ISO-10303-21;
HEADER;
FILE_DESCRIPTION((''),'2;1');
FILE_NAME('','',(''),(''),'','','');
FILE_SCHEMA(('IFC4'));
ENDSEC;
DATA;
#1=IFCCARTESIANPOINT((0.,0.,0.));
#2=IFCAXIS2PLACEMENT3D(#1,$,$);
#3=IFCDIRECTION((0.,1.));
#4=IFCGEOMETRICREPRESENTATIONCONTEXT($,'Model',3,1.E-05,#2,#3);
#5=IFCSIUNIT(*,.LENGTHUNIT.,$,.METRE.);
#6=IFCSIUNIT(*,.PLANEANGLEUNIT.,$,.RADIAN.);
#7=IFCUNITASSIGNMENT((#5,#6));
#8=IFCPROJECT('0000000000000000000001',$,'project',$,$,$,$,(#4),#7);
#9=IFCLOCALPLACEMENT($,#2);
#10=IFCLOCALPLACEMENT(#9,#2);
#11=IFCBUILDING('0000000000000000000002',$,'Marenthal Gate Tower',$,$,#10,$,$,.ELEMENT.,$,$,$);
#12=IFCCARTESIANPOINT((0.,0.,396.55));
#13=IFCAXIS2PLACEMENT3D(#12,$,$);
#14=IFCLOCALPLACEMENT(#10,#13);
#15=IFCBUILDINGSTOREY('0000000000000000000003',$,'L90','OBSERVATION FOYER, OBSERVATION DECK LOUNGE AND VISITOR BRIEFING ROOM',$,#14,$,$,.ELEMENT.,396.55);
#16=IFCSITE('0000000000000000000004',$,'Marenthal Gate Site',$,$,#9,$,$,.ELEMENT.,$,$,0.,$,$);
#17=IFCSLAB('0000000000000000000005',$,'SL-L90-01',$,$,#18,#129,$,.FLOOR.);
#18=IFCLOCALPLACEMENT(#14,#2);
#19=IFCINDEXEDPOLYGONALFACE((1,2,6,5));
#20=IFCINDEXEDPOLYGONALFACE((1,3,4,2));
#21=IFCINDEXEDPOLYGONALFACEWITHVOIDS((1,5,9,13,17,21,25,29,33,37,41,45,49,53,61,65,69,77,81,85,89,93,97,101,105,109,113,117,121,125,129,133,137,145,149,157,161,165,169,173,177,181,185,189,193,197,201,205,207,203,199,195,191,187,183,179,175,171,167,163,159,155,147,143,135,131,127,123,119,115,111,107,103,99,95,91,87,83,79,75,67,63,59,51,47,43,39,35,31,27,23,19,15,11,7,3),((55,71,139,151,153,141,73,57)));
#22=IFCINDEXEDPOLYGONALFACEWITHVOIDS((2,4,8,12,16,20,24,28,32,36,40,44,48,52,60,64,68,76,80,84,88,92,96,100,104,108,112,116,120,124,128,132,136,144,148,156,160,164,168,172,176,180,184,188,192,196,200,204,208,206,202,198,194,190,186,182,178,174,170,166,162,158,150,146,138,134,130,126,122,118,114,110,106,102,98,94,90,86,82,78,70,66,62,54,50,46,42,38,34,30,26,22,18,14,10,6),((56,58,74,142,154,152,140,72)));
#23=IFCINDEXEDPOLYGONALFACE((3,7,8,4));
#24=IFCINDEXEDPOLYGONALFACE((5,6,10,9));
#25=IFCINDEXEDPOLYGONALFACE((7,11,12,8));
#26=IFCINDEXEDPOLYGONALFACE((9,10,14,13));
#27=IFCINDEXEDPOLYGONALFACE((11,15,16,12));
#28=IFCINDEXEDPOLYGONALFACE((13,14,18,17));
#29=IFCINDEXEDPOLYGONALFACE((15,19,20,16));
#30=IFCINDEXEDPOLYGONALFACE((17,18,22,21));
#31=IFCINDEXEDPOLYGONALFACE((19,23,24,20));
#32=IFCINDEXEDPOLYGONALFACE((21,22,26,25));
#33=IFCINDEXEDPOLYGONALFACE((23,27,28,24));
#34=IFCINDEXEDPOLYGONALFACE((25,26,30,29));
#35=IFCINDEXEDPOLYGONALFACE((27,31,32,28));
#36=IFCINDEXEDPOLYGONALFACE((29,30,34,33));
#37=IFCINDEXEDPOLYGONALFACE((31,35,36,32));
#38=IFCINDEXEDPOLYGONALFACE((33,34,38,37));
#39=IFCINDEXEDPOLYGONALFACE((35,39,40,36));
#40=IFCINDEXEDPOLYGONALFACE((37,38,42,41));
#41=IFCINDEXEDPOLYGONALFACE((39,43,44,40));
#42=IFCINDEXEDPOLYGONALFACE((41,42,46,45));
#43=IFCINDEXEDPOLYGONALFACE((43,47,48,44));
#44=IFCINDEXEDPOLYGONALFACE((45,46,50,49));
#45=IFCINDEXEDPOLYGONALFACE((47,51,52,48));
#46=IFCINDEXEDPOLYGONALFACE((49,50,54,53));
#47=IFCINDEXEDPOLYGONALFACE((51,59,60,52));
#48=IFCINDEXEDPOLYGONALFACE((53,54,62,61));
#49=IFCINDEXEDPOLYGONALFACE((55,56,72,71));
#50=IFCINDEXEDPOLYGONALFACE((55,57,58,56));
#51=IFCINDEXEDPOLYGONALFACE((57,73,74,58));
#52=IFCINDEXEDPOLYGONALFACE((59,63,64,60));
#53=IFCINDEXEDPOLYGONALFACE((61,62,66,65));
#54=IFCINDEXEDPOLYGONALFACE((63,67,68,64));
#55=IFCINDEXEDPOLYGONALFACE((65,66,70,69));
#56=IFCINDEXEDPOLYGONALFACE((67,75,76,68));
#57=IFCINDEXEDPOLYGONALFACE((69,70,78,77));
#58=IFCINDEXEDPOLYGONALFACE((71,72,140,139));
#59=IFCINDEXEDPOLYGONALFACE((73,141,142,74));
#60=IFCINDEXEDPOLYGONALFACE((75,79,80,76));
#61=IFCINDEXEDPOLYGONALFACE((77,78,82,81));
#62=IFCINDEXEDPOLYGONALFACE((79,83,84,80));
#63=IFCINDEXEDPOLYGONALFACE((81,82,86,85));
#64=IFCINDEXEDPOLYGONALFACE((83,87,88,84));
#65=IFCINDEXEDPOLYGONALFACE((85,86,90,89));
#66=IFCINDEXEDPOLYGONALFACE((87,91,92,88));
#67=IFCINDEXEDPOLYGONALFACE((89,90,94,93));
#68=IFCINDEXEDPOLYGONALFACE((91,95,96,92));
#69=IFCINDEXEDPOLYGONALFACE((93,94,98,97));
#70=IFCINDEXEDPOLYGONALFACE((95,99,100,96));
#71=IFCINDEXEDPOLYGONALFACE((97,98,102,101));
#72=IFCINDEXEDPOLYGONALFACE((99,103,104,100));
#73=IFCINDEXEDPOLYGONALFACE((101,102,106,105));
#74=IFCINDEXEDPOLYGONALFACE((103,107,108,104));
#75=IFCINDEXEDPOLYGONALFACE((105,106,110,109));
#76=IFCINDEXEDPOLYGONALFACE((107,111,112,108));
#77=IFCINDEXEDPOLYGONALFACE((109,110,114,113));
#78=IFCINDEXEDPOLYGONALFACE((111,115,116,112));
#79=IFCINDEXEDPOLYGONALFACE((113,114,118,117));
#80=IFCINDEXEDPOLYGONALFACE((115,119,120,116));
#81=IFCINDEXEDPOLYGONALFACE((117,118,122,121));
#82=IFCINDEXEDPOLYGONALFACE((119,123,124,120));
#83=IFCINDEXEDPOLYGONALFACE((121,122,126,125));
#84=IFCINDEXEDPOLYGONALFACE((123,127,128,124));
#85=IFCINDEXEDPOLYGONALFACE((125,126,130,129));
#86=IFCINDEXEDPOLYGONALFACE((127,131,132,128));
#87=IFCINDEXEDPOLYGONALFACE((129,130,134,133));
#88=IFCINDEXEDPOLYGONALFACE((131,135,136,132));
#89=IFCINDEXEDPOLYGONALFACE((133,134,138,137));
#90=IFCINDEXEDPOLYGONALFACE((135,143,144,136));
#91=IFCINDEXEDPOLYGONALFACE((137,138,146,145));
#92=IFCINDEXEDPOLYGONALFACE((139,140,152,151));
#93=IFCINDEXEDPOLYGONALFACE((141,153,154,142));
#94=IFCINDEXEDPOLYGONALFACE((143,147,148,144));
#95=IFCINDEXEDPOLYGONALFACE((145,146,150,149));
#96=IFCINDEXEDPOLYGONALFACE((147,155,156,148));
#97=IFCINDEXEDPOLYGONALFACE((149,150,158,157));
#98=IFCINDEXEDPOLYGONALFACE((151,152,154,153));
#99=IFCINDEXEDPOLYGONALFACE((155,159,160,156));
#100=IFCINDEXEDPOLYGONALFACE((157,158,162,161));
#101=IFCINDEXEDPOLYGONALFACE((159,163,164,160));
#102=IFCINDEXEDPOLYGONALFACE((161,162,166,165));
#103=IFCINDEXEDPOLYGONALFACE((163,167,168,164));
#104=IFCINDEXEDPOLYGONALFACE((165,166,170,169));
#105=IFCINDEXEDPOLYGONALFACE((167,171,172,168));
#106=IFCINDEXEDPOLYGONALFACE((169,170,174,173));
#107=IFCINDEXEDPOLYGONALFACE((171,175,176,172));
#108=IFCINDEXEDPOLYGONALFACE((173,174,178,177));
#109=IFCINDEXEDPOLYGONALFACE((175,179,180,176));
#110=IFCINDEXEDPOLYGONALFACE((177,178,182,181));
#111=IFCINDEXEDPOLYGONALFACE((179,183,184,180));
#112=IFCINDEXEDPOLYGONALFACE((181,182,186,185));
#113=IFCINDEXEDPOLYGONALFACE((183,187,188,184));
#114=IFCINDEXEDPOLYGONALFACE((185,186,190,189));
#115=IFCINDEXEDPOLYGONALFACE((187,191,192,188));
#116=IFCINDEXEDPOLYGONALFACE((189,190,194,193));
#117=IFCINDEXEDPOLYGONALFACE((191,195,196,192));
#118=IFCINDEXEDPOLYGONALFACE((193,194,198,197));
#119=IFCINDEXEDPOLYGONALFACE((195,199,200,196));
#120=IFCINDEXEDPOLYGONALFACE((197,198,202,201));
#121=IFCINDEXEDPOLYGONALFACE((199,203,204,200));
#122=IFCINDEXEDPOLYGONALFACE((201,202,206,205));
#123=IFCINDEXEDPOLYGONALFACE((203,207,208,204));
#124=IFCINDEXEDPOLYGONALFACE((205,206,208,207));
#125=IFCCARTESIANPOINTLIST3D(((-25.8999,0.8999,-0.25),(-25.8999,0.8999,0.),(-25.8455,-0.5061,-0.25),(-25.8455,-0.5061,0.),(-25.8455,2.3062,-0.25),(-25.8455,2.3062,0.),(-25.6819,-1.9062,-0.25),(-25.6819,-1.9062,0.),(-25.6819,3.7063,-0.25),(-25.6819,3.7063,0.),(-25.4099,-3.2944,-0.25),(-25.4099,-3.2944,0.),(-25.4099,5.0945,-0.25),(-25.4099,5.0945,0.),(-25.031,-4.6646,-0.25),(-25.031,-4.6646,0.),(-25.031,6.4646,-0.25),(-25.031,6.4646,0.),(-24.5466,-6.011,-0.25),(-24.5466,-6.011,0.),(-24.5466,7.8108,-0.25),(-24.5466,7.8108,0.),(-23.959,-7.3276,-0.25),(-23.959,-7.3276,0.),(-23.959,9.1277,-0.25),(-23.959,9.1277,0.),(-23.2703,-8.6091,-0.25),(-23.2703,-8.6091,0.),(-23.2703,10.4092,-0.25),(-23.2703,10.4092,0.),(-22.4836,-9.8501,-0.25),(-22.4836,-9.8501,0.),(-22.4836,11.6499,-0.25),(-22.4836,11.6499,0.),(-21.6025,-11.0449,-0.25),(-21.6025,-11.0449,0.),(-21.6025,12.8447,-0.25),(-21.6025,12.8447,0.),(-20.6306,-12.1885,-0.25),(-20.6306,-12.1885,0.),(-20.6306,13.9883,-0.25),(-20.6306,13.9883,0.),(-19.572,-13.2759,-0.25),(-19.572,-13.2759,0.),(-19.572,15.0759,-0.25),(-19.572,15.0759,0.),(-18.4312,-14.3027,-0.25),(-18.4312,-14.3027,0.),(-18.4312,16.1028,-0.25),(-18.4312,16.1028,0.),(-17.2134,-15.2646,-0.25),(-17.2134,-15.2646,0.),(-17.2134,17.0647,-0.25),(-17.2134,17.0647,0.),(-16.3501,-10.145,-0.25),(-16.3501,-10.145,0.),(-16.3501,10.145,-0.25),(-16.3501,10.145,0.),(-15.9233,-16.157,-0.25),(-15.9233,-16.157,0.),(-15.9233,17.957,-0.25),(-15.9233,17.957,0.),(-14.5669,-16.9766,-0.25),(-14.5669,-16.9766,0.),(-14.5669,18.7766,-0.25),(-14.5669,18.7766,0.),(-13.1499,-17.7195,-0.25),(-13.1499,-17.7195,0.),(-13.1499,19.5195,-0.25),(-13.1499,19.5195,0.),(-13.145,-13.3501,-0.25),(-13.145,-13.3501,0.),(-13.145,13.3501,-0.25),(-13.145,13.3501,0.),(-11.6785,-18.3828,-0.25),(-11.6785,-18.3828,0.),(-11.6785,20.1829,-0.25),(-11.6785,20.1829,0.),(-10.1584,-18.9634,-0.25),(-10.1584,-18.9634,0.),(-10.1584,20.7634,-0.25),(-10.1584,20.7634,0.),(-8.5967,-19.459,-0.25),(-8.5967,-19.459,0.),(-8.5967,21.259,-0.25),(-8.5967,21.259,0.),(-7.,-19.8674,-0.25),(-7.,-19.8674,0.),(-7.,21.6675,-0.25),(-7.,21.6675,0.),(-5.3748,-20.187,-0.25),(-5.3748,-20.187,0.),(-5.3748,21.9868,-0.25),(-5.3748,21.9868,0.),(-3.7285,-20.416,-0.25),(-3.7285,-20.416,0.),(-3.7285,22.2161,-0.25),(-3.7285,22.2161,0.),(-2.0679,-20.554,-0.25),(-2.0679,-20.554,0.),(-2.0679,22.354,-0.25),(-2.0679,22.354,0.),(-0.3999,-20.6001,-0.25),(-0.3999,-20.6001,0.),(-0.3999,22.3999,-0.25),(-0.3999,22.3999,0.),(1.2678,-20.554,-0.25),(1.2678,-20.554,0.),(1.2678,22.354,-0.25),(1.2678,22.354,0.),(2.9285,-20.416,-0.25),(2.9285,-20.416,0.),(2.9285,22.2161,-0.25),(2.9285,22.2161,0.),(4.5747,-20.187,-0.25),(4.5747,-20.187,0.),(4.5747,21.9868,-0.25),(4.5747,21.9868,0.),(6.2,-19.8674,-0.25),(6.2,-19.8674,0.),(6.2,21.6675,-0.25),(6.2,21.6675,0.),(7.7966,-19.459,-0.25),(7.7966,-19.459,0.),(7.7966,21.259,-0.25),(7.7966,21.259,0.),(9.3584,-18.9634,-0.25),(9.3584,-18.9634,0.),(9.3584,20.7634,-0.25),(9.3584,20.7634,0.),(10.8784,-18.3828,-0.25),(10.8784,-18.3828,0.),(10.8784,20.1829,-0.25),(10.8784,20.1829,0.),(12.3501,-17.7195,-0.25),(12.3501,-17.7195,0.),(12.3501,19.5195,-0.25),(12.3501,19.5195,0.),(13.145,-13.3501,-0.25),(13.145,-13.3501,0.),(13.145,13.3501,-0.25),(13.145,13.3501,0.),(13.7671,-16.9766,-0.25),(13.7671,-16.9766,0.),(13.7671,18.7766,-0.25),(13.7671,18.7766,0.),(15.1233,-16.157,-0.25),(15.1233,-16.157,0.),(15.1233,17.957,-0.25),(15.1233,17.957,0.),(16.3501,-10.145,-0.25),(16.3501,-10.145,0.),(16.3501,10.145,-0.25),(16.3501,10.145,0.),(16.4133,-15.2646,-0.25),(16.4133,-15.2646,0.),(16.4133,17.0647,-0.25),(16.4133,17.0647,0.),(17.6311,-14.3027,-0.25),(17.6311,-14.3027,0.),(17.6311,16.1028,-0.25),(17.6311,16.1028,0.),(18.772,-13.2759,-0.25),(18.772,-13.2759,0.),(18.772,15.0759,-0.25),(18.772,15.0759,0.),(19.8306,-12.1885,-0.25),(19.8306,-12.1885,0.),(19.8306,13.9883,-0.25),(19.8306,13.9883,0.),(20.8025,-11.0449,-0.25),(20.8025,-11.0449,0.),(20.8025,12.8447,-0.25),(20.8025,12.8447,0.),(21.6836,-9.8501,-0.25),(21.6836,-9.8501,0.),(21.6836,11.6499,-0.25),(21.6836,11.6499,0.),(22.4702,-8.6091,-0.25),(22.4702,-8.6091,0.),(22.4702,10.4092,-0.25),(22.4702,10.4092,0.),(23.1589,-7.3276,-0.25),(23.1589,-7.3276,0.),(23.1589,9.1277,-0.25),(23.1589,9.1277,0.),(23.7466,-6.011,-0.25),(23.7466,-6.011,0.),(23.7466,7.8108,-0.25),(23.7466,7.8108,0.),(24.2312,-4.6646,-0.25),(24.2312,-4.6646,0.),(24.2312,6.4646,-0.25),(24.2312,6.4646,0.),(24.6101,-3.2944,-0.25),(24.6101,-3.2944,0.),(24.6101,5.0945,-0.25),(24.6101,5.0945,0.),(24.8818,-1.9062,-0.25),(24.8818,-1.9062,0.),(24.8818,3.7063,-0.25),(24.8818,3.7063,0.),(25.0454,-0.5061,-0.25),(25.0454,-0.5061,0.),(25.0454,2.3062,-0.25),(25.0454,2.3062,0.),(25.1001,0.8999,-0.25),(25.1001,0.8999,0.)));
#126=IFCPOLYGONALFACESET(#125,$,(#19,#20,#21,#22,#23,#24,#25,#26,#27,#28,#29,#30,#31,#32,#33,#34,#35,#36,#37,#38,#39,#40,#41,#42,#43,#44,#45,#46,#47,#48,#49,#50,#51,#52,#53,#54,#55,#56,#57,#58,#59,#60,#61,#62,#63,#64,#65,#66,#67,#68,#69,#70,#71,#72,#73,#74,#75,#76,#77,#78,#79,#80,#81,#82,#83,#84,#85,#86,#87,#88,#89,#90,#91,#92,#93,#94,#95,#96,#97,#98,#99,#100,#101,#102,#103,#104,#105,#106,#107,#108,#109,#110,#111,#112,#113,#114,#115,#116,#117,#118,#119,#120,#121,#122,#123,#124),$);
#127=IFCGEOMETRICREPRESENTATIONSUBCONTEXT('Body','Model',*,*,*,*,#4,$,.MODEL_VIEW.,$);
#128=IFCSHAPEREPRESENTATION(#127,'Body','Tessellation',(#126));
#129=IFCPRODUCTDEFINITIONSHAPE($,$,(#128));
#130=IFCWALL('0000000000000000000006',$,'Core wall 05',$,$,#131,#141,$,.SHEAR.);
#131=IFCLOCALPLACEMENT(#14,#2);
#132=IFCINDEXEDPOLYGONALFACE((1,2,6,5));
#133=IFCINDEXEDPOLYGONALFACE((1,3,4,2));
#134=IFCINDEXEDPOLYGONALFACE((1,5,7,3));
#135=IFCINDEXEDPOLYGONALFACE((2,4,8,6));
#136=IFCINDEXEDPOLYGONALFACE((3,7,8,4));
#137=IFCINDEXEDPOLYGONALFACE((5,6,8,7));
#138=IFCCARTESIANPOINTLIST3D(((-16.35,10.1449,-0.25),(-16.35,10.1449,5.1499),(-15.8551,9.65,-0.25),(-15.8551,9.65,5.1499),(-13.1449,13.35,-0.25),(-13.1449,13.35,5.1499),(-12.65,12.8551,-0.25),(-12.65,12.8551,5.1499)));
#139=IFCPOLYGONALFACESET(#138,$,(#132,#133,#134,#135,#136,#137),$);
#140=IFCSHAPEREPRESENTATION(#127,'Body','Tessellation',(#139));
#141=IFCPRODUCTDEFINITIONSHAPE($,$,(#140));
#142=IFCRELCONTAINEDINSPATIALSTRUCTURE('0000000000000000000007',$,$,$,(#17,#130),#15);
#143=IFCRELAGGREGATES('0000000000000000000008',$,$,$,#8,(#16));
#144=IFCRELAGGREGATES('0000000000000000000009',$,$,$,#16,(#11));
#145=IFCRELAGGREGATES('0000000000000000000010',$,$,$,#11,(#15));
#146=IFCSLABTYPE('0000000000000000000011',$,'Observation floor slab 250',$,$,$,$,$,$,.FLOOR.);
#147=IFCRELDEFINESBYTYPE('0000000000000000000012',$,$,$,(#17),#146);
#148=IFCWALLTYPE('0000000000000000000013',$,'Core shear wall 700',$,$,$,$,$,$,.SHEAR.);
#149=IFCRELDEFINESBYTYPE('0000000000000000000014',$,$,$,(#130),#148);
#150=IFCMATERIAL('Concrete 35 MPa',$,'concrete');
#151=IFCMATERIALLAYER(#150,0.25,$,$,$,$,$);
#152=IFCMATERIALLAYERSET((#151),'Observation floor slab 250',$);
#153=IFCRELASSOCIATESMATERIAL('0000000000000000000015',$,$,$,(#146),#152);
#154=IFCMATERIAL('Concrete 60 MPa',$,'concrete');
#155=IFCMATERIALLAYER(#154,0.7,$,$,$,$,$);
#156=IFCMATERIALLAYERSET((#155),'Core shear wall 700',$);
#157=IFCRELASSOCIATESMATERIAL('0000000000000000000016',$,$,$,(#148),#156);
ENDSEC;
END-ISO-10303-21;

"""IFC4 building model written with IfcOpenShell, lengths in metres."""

from ifc_helpers import new_model, si_unit, direction, frame, frame_2d, origin, place, context, subcontext, project, spatial, polyline, rectangle, outline, extrude, material, layer, layer_set, type_object, element, save


model = new_model("IFC4")

# Units and contexts
model_context = context("Model", 3, precision=1e-05, world=origin(), true_north=direction((0.0, 1.0)))
body_context = subcontext(model_context, "Body", "Model", "MODEL_VIEW")
ifc_project = project(units=[si_unit("LENGTHUNIT", "METRE"), si_unit("PLANEANGLEUNIT", "RADIAN")], contexts=[model_context])

# Site, building, storey
site_placement = place(None, origin())
site = spatial("IfcSite", under=ifc_project, at=site_placement, Name="Marenthal Gate Site", CompositionType="ELEMENT", RefElevation=0.0)
building_placement = place(site_placement, origin())
building = spatial("IfcBuilding", under=site, at=building_placement, Name="Marenthal Gate Tower", CompositionType="ELEMENT")
storey_placement = place(building_placement, frame((0.0, 0.0, 396.55)))
storey = spatial("IfcBuildingStorey", under=building, at=storey_placement, Name="L90", Description="OBSERVATION FOYER, OBSERVATION DECK LOUNGE AND VISITOR BRIEFING ROOM", CompositionType="ELEMENT", Elevation=396.55)

# Slab
ifc_material_1 = material(Name="Concrete 35 MPa", Category="concrete")
ifc_layer_1 = layer(ifc_material_1, 0.25)
ifc_layer_set_1 = layer_set([ifc_layer_1], Name="Observation floor slab 250")
slab_type = type_object("IfcSlabType", Name="Observation floor slab 250", PredefinedType="FLOOR", material=ifc_layer_set_1)
slab_placement = place(storey_placement, frame((0.0, 0.0, -0.25)))
element("IfcSlab", 1, at=slab_placement, inside=storey, type_object=slab_type, Name="SL-L90-01", PredefinedType="FLOOR", context=body_context, shape_type="SweptSolid", body=[
    extrude(outline(polyline([(25.1001, 0.8999), (25.0454, 2.3062), (24.8818, 3.7063), (24.6101, 5.0945), (24.2312, 6.4646), (23.7466, 7.8108), (23.1589, 9.1277), (22.4702, 10.4092), (21.6836, 11.6499), (20.8025, 12.8447), (19.8306, 13.9883), (18.772, 15.0759), (17.6311, 16.1028), (16.4133, 17.0647), (15.1233, 17.957), (13.7671, 18.7766), (12.3501, 19.5195), (10.8784, 20.1829), (9.3584, 20.7634), (7.7966, 21.259), (6.2, 21.6675), (4.5747, 21.9868), (2.9285, 22.2161), (1.2678, 22.354), (-0.3999, 22.3999), (-2.0679, 22.354), (-3.7285, 22.2161), (-5.3748, 21.9868), (-7.0, 21.6675), (-8.5967, 21.259), (-10.1584, 20.7634), (-11.6785, 20.1829), (-13.1499, 19.5195), (-14.5669, 18.7766), (-15.9233, 17.957), (-17.2134, 17.0647), (-18.4312, 16.1028), (-19.572, 15.0759), (-20.6306, 13.9883), (-21.6025, 12.8447), (-22.4836, 11.6499), (-23.2703, 10.4092), (-23.959, 9.1277), (-24.5466, 7.8108), (-25.031, 6.4646), (-25.4099, 5.0945), (-25.6819, 3.7063), (-25.8455, 2.3062), (-25.8999, 0.8999), (-25.8455, -0.5061), (-25.6819, -1.9062), (-25.4099, -3.2944), (-25.031, -4.6646), (-24.5466, -6.011), (-23.959, -7.3276), (-23.2703, -8.6091), (-22.4836, -9.8501), (-21.6025, -11.0449), (-20.6306, -12.1885), (-19.572, -13.2759), (-18.4312, -14.3027), (-17.2134, -15.2646), (-15.9233, -16.157), (-14.5669, -16.9766), (-13.1499, -17.7195), (-11.6785, -18.3828), (-10.1584, -18.9634), (-8.5967, -19.459), (-7.0, -19.8674), (-5.3748, -20.187), (-3.7285, -20.416), (-2.0679, -20.554), (-0.3999, -20.6001), (1.2678, -20.554), (2.9285, -20.416), (4.5747, -20.187), (6.2, -19.8674), (7.7966, -19.459), (9.3584, -18.9634), (10.8784, -18.3828), (12.3501, -17.7195), (13.7671, -16.9766), (15.1233, -16.157), (16.4133, -15.2646), (17.6311, -14.3027), (18.772, -13.2759), (19.8306, -12.1885), (20.8025, -11.0449), (21.6836, -9.8501), (22.4702, -8.6091), (23.1589, -7.3276), (23.7466, -6.011), (24.2312, -4.6646), (24.6101, -3.2944), (24.8818, -1.9062), (25.0454, -0.5061), (25.1001, 0.8999)]), holes=[polyline([(13.145, -13.3501), (16.3501, -10.145), (16.3501, 10.145), (13.145, 13.3501), (-13.145, 13.3501), (-16.3501, 10.145), (-16.3501, -10.145), (-13.145, -13.3501), (13.145, -13.3501)])]), origin(), (0.0, 0.0, 1.0), 0.25),
])

# Wall
ifc_material_2 = material(Name="Concrete 60 MPa", Category="concrete")
ifc_layer_2 = layer(ifc_material_2, 0.7)
ifc_layer_set_2 = layer_set([ifc_layer_2], Name="Core shear wall 700")
wall_type_1 = type_object("IfcWallType", Name="Core shear wall 700", PredefinedType="SHEAR", material=ifc_layer_set_2)
wall_1_placement = place(storey_placement, frame((-12.8975, 13.1025, -0.25), z_axis=(0.0, 0.0, 1.0), x_axis=(-0.707107, -0.707107, 0.0)))
element("IfcWall", 2, at=wall_1_placement, inside=storey, type_object=wall_type_1, Name="Core wall 05", PredefinedType="SHEAR", context=body_context, shape_type="SweptSolid", body=[
    extrude(rectangle(XDim=4.5327, YDim=0.7, at=frame_2d((2.2664, 0.0))), origin(), (0.0, 0.0, 1.0), 5.3999),
])

save(model, "model.ifc")
